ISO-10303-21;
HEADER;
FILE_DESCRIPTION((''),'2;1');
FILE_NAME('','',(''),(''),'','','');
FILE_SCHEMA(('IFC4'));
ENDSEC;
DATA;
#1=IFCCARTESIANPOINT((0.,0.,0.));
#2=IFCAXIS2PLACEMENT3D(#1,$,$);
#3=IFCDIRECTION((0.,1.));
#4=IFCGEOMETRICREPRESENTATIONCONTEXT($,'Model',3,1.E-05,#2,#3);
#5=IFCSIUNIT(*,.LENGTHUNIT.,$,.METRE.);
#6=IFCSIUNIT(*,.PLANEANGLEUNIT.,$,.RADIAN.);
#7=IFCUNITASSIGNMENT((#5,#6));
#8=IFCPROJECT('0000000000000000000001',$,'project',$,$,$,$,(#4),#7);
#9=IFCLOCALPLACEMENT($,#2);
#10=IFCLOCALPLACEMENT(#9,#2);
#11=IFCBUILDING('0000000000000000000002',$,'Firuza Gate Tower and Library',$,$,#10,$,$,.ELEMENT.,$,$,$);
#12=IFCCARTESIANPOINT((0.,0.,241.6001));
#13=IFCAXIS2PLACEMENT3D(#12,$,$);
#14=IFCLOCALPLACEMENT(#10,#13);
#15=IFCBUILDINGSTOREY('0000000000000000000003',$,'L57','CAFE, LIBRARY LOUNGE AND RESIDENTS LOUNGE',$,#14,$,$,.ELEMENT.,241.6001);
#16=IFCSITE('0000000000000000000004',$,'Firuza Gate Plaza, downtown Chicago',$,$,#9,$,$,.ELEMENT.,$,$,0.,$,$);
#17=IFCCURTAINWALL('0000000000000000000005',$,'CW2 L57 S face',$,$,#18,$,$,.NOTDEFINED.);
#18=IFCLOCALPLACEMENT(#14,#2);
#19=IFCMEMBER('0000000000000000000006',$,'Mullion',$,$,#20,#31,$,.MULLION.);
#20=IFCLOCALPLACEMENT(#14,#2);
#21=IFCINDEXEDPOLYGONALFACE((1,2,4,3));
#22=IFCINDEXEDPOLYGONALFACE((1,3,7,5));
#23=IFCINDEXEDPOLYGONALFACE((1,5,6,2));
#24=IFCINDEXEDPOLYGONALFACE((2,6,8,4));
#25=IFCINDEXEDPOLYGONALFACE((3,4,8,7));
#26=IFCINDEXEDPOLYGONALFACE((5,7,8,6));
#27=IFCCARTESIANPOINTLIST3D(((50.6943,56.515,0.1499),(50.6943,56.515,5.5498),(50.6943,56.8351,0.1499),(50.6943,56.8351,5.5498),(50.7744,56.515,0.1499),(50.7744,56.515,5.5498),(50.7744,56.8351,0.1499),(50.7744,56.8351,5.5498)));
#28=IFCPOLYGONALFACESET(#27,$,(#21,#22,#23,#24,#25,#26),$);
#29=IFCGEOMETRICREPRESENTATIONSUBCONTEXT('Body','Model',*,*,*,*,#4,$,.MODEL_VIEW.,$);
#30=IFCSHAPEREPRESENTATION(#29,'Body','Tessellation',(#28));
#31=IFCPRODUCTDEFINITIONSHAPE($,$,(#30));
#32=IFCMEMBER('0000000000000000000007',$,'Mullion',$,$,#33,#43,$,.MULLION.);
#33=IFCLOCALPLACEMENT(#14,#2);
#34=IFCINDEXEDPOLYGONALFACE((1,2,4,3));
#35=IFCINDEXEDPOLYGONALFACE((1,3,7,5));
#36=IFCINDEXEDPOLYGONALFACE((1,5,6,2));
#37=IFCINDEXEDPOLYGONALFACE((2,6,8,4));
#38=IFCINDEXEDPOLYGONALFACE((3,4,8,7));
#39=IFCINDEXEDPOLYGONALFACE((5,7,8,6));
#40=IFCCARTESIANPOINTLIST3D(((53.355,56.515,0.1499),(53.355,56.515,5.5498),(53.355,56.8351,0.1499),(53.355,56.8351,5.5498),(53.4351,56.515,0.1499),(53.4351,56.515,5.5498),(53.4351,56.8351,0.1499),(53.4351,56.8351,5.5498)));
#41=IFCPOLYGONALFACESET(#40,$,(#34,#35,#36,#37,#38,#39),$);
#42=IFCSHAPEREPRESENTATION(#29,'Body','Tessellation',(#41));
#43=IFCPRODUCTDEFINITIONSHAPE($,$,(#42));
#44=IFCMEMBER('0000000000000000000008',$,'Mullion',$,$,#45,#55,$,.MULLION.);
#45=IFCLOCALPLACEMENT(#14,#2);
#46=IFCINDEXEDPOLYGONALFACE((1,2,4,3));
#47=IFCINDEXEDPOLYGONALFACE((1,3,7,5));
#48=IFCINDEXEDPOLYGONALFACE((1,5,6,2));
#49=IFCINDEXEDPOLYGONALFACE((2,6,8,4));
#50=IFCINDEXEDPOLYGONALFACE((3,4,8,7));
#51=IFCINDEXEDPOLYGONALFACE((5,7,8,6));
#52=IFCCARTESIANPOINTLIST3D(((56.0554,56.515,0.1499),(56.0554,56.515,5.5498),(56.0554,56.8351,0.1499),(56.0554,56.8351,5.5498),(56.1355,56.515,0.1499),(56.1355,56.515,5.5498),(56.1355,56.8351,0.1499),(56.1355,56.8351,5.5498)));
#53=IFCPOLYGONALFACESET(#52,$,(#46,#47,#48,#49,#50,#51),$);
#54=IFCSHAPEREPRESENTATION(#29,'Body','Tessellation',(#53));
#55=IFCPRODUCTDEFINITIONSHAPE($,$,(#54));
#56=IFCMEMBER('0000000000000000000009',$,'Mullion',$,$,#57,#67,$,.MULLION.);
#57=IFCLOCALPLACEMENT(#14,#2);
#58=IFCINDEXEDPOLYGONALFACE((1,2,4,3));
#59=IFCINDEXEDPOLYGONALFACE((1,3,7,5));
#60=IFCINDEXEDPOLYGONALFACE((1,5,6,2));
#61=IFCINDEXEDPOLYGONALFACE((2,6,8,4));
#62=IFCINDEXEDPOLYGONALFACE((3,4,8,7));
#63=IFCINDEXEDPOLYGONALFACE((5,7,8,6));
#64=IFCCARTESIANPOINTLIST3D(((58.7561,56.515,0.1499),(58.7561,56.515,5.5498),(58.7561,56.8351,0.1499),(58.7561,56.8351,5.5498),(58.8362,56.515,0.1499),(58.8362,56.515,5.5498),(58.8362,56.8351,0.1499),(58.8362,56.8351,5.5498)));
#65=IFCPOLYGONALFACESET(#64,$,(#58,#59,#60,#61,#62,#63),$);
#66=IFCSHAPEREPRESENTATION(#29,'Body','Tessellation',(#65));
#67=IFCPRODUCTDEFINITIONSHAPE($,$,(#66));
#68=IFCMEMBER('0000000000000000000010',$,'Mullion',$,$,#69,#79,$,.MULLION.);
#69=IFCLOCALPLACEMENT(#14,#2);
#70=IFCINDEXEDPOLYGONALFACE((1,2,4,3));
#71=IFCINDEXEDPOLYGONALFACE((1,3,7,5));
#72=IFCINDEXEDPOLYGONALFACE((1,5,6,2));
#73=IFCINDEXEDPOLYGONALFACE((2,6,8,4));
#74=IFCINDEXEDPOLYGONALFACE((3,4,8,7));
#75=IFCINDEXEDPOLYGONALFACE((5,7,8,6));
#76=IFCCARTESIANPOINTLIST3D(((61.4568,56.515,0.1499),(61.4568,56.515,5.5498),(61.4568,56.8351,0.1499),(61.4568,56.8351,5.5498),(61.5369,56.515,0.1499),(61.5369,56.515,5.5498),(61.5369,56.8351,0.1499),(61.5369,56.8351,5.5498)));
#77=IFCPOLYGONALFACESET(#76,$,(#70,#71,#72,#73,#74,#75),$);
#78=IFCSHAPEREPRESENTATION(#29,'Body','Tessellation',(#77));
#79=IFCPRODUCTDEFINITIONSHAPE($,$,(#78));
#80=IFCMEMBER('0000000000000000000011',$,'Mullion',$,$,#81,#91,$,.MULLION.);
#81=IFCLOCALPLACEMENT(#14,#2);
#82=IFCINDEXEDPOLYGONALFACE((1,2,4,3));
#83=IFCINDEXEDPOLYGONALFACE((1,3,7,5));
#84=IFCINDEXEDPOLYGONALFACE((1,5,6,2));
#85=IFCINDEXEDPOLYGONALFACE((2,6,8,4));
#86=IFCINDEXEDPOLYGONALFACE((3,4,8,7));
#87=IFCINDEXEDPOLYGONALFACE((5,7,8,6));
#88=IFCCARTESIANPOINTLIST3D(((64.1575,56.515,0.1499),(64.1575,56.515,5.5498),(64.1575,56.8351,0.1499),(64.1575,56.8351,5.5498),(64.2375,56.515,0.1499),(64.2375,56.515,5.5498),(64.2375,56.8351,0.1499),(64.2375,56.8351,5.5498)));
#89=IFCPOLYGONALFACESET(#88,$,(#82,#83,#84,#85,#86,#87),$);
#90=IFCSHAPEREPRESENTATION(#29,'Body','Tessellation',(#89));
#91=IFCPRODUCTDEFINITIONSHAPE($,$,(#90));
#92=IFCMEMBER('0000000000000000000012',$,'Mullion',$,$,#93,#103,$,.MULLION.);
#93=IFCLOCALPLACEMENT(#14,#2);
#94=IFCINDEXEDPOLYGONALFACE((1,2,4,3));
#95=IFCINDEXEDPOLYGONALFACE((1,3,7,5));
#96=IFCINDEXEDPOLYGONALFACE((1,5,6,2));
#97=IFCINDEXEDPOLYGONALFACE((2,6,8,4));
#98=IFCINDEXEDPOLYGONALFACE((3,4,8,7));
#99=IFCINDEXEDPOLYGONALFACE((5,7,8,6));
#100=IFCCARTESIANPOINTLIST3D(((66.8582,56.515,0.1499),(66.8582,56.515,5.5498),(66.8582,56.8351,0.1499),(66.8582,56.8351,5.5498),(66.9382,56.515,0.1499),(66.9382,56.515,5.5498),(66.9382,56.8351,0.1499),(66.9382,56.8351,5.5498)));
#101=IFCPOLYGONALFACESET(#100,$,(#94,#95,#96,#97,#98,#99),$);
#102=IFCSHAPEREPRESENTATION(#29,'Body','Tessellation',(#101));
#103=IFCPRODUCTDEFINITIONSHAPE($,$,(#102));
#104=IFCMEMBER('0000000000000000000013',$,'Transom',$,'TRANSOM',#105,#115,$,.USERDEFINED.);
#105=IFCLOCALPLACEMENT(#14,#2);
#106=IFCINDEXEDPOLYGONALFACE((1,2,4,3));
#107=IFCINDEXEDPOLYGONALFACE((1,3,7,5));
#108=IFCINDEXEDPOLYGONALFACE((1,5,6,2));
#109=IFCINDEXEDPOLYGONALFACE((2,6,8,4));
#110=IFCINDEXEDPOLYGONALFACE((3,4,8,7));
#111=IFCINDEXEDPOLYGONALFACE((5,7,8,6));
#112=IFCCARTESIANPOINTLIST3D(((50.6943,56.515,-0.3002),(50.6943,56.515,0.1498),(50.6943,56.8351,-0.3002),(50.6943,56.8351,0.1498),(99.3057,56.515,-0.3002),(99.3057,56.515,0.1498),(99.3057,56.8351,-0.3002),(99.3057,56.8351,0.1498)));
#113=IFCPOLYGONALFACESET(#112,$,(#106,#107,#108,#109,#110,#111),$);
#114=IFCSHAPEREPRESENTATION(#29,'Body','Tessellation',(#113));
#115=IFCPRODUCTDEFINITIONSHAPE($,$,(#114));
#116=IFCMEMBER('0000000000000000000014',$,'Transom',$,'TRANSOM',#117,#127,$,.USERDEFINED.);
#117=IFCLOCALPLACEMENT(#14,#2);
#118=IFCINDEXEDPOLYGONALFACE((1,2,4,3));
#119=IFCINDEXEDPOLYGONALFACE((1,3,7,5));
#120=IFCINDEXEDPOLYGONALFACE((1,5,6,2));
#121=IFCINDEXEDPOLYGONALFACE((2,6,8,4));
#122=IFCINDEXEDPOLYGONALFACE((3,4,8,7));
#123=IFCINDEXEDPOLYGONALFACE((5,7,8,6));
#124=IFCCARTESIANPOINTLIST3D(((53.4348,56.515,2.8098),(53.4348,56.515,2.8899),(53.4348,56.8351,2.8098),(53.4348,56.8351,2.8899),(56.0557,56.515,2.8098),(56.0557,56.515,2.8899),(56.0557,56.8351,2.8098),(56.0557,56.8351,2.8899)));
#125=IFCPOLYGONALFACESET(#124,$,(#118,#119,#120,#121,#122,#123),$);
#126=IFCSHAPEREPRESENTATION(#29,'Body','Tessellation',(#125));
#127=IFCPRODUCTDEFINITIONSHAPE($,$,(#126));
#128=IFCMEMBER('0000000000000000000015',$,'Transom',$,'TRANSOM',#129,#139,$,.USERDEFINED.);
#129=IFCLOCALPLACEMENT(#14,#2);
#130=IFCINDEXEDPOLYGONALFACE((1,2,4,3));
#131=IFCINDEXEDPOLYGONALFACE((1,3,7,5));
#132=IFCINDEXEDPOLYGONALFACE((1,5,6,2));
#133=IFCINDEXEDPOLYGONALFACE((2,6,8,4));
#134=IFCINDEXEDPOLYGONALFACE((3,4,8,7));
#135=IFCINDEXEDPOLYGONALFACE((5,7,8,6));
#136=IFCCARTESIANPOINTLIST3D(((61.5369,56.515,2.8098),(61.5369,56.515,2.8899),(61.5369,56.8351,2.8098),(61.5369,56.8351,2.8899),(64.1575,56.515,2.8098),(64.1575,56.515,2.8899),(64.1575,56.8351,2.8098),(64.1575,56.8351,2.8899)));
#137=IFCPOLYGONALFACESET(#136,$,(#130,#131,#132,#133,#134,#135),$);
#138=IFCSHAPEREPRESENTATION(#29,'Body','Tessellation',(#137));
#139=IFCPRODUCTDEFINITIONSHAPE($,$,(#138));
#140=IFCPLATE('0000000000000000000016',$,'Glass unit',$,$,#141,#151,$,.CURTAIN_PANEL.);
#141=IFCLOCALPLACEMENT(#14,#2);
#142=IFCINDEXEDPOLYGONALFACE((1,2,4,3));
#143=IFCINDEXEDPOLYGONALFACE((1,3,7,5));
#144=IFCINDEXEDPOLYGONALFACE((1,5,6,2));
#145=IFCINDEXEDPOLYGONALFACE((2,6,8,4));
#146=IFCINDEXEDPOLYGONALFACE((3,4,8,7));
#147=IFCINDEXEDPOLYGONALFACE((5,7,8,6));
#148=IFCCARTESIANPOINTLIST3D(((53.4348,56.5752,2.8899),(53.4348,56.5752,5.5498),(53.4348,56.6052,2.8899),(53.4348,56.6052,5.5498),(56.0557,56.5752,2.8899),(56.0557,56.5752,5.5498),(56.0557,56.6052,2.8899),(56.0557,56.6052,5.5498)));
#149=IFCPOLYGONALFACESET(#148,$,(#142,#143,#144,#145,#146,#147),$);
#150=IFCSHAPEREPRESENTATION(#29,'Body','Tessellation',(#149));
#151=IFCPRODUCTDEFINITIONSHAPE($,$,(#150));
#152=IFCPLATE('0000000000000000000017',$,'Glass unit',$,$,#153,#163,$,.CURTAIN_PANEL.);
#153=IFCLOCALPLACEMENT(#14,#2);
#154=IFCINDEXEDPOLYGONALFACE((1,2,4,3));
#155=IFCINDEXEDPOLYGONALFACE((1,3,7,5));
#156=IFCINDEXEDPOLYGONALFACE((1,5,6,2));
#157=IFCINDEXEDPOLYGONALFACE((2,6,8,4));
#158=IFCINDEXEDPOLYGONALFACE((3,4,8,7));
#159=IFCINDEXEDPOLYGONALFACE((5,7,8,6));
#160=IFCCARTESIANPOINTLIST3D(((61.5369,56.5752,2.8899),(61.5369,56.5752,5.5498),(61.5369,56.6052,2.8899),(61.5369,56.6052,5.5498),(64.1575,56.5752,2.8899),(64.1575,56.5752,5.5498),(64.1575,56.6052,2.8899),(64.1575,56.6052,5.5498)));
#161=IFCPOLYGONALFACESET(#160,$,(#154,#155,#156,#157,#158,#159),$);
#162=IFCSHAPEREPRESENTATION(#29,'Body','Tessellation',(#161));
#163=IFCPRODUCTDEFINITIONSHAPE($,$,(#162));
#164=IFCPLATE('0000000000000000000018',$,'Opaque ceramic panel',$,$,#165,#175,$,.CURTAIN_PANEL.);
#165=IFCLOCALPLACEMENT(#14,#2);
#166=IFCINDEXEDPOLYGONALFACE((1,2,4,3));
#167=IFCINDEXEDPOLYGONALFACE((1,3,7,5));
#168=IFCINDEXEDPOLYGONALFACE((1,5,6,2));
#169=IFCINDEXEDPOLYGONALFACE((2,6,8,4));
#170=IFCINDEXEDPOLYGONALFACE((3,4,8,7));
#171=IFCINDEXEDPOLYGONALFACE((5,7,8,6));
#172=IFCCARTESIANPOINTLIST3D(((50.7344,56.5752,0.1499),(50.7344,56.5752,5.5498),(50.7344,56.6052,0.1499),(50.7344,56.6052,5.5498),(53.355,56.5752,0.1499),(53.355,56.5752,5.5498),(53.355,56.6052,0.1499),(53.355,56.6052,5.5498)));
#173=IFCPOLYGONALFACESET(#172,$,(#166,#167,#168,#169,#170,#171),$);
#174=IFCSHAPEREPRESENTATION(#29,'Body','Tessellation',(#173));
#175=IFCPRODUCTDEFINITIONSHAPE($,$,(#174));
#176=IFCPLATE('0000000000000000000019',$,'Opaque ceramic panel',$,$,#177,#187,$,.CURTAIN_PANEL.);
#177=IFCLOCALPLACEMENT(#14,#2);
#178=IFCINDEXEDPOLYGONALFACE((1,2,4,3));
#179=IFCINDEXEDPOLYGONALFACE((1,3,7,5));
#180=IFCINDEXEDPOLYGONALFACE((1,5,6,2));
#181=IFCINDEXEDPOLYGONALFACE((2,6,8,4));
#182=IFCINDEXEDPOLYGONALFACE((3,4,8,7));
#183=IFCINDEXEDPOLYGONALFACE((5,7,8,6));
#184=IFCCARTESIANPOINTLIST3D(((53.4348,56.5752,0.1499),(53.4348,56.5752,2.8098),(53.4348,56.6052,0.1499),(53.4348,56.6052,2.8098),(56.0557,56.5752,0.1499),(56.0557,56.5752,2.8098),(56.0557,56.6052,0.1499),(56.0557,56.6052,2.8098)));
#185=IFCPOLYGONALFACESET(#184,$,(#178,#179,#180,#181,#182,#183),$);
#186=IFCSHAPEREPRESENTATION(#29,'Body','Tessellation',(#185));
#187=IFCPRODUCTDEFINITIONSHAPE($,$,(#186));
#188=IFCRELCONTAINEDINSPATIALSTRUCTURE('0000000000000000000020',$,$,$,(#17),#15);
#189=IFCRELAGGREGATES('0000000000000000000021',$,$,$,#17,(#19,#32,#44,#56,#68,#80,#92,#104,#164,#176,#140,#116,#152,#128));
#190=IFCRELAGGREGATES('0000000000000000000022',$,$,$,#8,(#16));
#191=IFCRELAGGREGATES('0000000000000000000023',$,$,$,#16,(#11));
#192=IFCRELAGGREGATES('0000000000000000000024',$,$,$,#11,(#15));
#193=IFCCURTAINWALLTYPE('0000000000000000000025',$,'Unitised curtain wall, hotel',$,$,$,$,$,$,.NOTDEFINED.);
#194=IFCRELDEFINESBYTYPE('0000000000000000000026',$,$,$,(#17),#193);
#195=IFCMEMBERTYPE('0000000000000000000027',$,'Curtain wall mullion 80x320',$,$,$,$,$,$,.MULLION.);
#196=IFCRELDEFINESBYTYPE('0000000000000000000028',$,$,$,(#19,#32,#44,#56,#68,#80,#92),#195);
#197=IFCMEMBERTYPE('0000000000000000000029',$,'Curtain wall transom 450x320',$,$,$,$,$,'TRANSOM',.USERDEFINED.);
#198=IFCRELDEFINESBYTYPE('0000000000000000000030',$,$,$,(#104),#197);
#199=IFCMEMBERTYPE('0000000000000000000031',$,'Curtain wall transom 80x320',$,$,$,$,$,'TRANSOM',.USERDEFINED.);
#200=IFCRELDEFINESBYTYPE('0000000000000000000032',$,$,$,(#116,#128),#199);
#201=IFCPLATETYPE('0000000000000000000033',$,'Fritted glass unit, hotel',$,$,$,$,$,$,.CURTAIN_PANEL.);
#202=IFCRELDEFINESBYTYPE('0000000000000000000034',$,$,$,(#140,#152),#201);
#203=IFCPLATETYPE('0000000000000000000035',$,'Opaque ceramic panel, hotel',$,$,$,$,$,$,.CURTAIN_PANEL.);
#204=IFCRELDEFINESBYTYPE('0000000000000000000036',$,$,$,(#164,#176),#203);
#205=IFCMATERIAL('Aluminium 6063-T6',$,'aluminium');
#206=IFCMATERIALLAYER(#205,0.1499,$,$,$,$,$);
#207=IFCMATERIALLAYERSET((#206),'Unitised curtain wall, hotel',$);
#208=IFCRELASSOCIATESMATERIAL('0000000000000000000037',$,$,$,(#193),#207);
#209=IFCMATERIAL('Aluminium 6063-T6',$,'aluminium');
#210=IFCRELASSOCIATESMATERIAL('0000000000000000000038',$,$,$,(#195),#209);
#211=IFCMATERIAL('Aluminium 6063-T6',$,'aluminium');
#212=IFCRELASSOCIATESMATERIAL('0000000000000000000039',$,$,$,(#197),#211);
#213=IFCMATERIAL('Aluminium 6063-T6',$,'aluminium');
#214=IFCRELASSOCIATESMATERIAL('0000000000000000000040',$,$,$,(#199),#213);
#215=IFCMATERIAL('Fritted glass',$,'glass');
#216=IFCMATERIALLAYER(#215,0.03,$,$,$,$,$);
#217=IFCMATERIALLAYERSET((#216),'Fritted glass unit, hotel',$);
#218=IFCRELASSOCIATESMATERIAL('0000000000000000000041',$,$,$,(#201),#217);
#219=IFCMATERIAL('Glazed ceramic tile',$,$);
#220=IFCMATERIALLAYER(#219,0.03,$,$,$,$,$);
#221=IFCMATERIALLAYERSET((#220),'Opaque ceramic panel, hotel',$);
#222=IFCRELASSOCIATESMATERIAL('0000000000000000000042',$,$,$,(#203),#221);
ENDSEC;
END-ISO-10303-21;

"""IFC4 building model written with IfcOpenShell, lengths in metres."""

from ifc_helpers import new_model, si_unit, direction, frame, origin, origin_2d, place, context, subcontext, project, spatial, polyline, rectangle, outline, extrude, material, layer, layer_set, material_profile, profile_set, type_object, element, aggregate, save


model = new_model("IFC4")

# Units and contexts
model_context = context("Model", 3, precision=1e-05, world=origin(), true_north=direction((0.0, 1.0)))
body_context = subcontext(model_context, "Body", "Model", "MODEL_VIEW")
ifc_project = project(units=[si_unit("LENGTHUNIT", "METRE"), si_unit("PLANEANGLEUNIT", "RADIAN")], contexts=[model_context])

# Site, building, storey
site_placement = place(None, origin())
site = spatial("IfcSite", under=ifc_project, at=site_placement, Name="Firuza Gate Plaza, downtown Chicago", CompositionType="ELEMENT", RefElevation=0.0)
building_placement = place(site_placement, origin())
building = spatial("IfcBuilding", under=site, at=building_placement, Name="Firuza Gate Tower and Library", CompositionType="ELEMENT")
storey_placement = place(building_placement, frame((0.0, 0.0, 241.6001)))
storey = spatial("IfcBuildingStorey", under=building, at=storey_placement, Name="L57", Description="CAFE, LIBRARY LOUNGE AND RESIDENTS LOUNGE", CompositionType="ELEMENT", Elevation=241.6001)

# Curtain wall, members, plates
ifc_material_1 = material(Name="Aluminium 6063-T6", Category="aluminium")
ifc_layer_1 = layer(ifc_material_1, 0.1499)
ifc_layer_set_1 = layer_set([ifc_layer_1], Name="Unitised curtain wall, hotel")
curtain_wall_type = type_object("IfcCurtainWallType", Name="Unitised curtain wall, hotel", PredefinedType="NOTDEFINED", material=ifc_layer_set_1)
placement = place(storey_placement, origin())
curtain_wall = element("IfcCurtainWall", 1, at=placement, inside=storey, type_object=curtain_wall_type, Name="CW2 L57 S face", PredefinedType="NOTDEFINED")
ifc_material_2 = material(Name="Aluminium 6063-T6", Category="aluminium")
ifc_material_profile_1 = material_profile(ifc_material_2, rectangle(XDim=0.3201, YDim=0.0801, at=origin_2d()))
ifc_profile_set_1 = profile_set([ifc_material_profile_1], Name="Aluminium 6063-T6")
member_type_1 = type_object("IfcMemberType", Name="Curtain wall mullion 80x320", PredefinedType="MULLION", material=ifc_profile_set_1)
member_1_placement = place(storey_placement, frame((50.7344, 56.675, 0.1499), z_axis=(0.0, 0.0, 1.0), x_axis=(0.0, 1.0, 0.0)))
member_1 = element("IfcMember", 2, at=member_1_placement, type_object=member_type_1, Name="Mullion", PredefinedType="MULLION", context=body_context, shape_type="SweptSolid", body=[
    extrude(rectangle(XDim=0.3201, YDim=0.0801, at=origin_2d()), origin(), (0.0, 0.0, 1.0), 5.3999),
])
member_2_placement = place(storey_placement, frame((53.395, 56.675, 0.1499), z_axis=(0.0, 0.0, 1.0), x_axis=(0.0, 1.0, 0.0)))
member_2 = element("IfcMember", 3, at=member_2_placement, type_object=member_type_1, Name="Mullion", PredefinedType="MULLION", context=body_context, shape_type="SweptSolid", body=[
    extrude(rectangle(XDim=0.3201, YDim=0.0801, at=origin_2d()), origin(), (0.0, 0.0, 1.0), 5.3999),
])
member_3_placement = place(storey_placement, frame((56.0955, 56.675, 0.1499), z_axis=(0.0, 0.0, 1.0), x_axis=(0.0, 1.0, 0.0)))
member_3 = element("IfcMember", 4, at=member_3_placement, type_object=member_type_1, Name="Mullion", PredefinedType="MULLION", context=body_context, shape_type="SweptSolid", body=[
    extrude(rectangle(XDim=0.3201, YDim=0.0801, at=origin_2d()), origin(), (0.0, 0.0, 1.0), 5.3999),
])
member_4_placement = place(storey_placement, frame((58.7961, 56.675, 0.1499), z_axis=(0.0, 0.0, 1.0), x_axis=(0.0, 1.0, 0.0)))
member_4 = element("IfcMember", 5, at=member_4_placement, type_object=member_type_1, Name="Mullion", PredefinedType="MULLION", context=body_context, shape_type="SweptSolid", body=[
    extrude(rectangle(XDim=0.3201, YDim=0.0801, at=origin_2d()), origin(), (0.0, 0.0, 1.0), 5.3999),
])
member_5_placement = place(storey_placement, frame((61.4968, 56.675, 0.1499), z_axis=(0.0, 0.0, 1.0), x_axis=(0.0, 1.0, 0.0)))
member_5 = element("IfcMember", 6, at=member_5_placement, type_object=member_type_1, Name="Mullion", PredefinedType="MULLION", context=body_context, shape_type="SweptSolid", body=[
    extrude(rectangle(XDim=0.3201, YDim=0.0801, at=origin_2d()), origin(), (0.0, 0.0, 1.0), 5.3999),
])
member_6_placement = place(storey_placement, frame((64.1975, 56.675, 0.1499), z_axis=(0.0, 0.0, 1.0), x_axis=(0.0, 1.0, 0.0)))
member_6 = element("IfcMember", 7, at=member_6_placement, type_object=member_type_1, Name="Mullion", PredefinedType="MULLION", context=body_context, shape_type="SweptSolid", body=[
    extrude(rectangle(XDim=0.3201, YDim=0.0801, at=origin_2d()), origin(), (0.0, 0.0, 1.0), 5.3999),
])
member_7_placement = place(storey_placement, frame((66.8982, 56.675, 0.1499), z_axis=(0.0, 0.0, 1.0), x_axis=(0.0, 1.0, 0.0)))
member_7 = element("IfcMember", 8, at=member_7_placement, type_object=member_type_1, Name="Mullion", PredefinedType="MULLION", context=body_context, shape_type="SweptSolid", body=[
    extrude(rectangle(XDim=0.3201, YDim=0.0801, at=origin_2d()), origin(), (0.0, 0.0, 1.0), 5.3999),
])
ifc_material_3 = material(Name="Aluminium 6063-T6", Category="aluminium")
ifc_material_profile_2 = material_profile(ifc_material_3, rectangle(XDim=0.3201, YDim=0.45, at=origin_2d()))
ifc_profile_set_2 = profile_set([ifc_material_profile_2], Name="Aluminium 6063-T6")
member_type_2 = type_object("IfcMemberType", Name="Curtain wall transom 450x320", ElementType="TRANSOM", PredefinedType="USERDEFINED", material=ifc_profile_set_2)
member_8_placement = place(storey_placement, frame((50.6943, 56.675, -0.0752), z_axis=(1.0, 0.0, 0.0), x_axis=(0.0, 1.0, 0.0)))
member_8 = element("IfcMember", 9, at=member_8_placement, type_object=member_type_2, Name="Transom", ObjectType="TRANSOM", PredefinedType="USERDEFINED", context=body_context, shape_type="SweptSolid", body=[
    extrude(rectangle(XDim=0.3201, YDim=0.45, at=origin_2d()), origin(), (0.0, 0.0, 1.0), 48.6113),
])
ifc_material_4 = material(Name="Aluminium 6063-T6", Category="aluminium")
ifc_material_profile_3 = material_profile(ifc_material_4, rectangle(XDim=0.3201, YDim=0.0801, at=origin_2d()))
ifc_profile_set_3 = profile_set([ifc_material_profile_3], Name="Aluminium 6063-T6")
member_type_3 = type_object("IfcMemberType", Name="Curtain wall transom 80x320", ElementType="TRANSOM", PredefinedType="USERDEFINED", material=ifc_profile_set_3)
member_9_placement = place(storey_placement, frame((53.4348, 56.675, 2.8499), z_axis=(1.0, 0.0, 0.0), x_axis=(0.0, 1.0, 0.0)))
member_9 = element("IfcMember", 10, at=member_9_placement, type_object=member_type_3, Name="Transom", ObjectType="TRANSOM", PredefinedType="USERDEFINED", context=body_context, shape_type="SweptSolid", body=[
    extrude(rectangle(XDim=0.3201, YDim=0.0801, at=origin_2d()), origin(), (0.0, 0.0, 1.0), 2.6208),
])
member_10_placement = place(storey_placement, frame((61.5369, 56.675, 2.8499), z_axis=(1.0, 0.0, 0.0), x_axis=(0.0, 1.0, 0.0)))
member_10 = element("IfcMember", 11, at=member_10_placement, type_object=member_type_3, Name="Transom", ObjectType="TRANSOM", PredefinedType="USERDEFINED", context=body_context, shape_type="SweptSolid", body=[
    extrude(rectangle(XDim=0.3201, YDim=0.0801, at=origin_2d()), origin(), (0.0, 0.0, 1.0), 2.6206),
])
ifc_material_5 = material(Name="Fritted glass", Category="glass")
ifc_layer_2 = layer(ifc_material_5, 0.03)
ifc_layer_set_2 = layer_set([ifc_layer_2], Name="Fritted glass unit, hotel")
plate_type_1 = type_object("IfcPlateType", Name="Fritted glass unit, hotel", PredefinedType="CURTAIN_PANEL", material=ifc_layer_set_2)
plate_1_placement = place(storey_placement, frame((53.4348, 56.5752, 2.8899), z_axis=(0.0, -1.0, 0.0), x_axis=(1.0, 0.0, 0.0)))
plate_1 = element("IfcPlate", 12, at=plate_1_placement, type_object=plate_type_1, Name="Glass unit", PredefinedType="CURTAIN_PANEL", context=body_context, shape_type="SweptSolid", body=[
    extrude(outline(polyline([(0.0, 0.0), (2.6208, 0.0), (2.6208, 2.6599), (0.0, 2.6599), (0.0, 0.0)])), origin(), (0.0, 0.0, -1.0), 0.03),
])
plate_2_placement = place(storey_placement, frame((61.5369, 56.5752, 2.8899), z_axis=(0.0, -1.0, 0.0), x_axis=(1.0, 0.0, 0.0)))
plate_2 = element("IfcPlate", 13, at=plate_2_placement, type_object=plate_type_1, Name="Glass unit", PredefinedType="CURTAIN_PANEL", context=body_context, shape_type="SweptSolid", body=[
    extrude(outline(polyline([(0.0, 0.0), (2.6206, 0.0), (2.6206, 2.6599), (0.0, 2.6599), (0.0, 0.0)])), origin(), (0.0, 0.0, -1.0), 0.03),
])
ifc_material_6 = material(Name="Glazed ceramic tile")
ifc_layer_3 = layer(ifc_material_6, 0.03)
ifc_layer_set_3 = layer_set([ifc_layer_3], Name="Opaque ceramic panel, hotel")
plate_type_2 = type_object("IfcPlateType", Name="Opaque ceramic panel, hotel", PredefinedType="CURTAIN_PANEL", material=ifc_layer_set_3)
plate_3_placement = place(storey_placement, frame((50.7344, 56.5752, 0.1499), z_axis=(0.0, -1.0, 0.0), x_axis=(1.0, 0.0, 0.0)))
plate_3 = element("IfcPlate", 14, at=plate_3_placement, type_object=plate_type_2, Name="Opaque ceramic panel", PredefinedType="CURTAIN_PANEL", context=body_context, shape_type="SweptSolid", body=[
    extrude(outline(polyline([(0.0, 0.0), (2.6206, 0.0), (2.6206, 5.3999), (0.0, 5.3999), (0.0, 0.0)])), origin(), (0.0, 0.0, -1.0), 0.03),
])
plate_4_placement = place(storey_placement, frame((53.4348, 56.5752, 0.1499), z_axis=(0.0, -1.0, 0.0), x_axis=(1.0, 0.0, 0.0)))
plate_4 = element("IfcPlate", 15, at=plate_4_placement, type_object=plate_type_2, Name="Opaque ceramic panel", PredefinedType="CURTAIN_PANEL", context=body_context, shape_type="SweptSolid", body=[
    extrude(outline(polyline([(0.0, 0.0), (2.6208, 0.0), (2.6208, 2.6599), (0.0, 2.6599), (0.0, 0.0)])), origin(), (0.0, 0.0, -1.0), 0.03),
])
aggregate(curtain_wall, [member_1, member_2, member_3, member_4, member_5, member_6, member_7, member_8, plate_3, plate_4, plate_1, member_9, plate_2, member_10])

save(model, "model.ifc")
